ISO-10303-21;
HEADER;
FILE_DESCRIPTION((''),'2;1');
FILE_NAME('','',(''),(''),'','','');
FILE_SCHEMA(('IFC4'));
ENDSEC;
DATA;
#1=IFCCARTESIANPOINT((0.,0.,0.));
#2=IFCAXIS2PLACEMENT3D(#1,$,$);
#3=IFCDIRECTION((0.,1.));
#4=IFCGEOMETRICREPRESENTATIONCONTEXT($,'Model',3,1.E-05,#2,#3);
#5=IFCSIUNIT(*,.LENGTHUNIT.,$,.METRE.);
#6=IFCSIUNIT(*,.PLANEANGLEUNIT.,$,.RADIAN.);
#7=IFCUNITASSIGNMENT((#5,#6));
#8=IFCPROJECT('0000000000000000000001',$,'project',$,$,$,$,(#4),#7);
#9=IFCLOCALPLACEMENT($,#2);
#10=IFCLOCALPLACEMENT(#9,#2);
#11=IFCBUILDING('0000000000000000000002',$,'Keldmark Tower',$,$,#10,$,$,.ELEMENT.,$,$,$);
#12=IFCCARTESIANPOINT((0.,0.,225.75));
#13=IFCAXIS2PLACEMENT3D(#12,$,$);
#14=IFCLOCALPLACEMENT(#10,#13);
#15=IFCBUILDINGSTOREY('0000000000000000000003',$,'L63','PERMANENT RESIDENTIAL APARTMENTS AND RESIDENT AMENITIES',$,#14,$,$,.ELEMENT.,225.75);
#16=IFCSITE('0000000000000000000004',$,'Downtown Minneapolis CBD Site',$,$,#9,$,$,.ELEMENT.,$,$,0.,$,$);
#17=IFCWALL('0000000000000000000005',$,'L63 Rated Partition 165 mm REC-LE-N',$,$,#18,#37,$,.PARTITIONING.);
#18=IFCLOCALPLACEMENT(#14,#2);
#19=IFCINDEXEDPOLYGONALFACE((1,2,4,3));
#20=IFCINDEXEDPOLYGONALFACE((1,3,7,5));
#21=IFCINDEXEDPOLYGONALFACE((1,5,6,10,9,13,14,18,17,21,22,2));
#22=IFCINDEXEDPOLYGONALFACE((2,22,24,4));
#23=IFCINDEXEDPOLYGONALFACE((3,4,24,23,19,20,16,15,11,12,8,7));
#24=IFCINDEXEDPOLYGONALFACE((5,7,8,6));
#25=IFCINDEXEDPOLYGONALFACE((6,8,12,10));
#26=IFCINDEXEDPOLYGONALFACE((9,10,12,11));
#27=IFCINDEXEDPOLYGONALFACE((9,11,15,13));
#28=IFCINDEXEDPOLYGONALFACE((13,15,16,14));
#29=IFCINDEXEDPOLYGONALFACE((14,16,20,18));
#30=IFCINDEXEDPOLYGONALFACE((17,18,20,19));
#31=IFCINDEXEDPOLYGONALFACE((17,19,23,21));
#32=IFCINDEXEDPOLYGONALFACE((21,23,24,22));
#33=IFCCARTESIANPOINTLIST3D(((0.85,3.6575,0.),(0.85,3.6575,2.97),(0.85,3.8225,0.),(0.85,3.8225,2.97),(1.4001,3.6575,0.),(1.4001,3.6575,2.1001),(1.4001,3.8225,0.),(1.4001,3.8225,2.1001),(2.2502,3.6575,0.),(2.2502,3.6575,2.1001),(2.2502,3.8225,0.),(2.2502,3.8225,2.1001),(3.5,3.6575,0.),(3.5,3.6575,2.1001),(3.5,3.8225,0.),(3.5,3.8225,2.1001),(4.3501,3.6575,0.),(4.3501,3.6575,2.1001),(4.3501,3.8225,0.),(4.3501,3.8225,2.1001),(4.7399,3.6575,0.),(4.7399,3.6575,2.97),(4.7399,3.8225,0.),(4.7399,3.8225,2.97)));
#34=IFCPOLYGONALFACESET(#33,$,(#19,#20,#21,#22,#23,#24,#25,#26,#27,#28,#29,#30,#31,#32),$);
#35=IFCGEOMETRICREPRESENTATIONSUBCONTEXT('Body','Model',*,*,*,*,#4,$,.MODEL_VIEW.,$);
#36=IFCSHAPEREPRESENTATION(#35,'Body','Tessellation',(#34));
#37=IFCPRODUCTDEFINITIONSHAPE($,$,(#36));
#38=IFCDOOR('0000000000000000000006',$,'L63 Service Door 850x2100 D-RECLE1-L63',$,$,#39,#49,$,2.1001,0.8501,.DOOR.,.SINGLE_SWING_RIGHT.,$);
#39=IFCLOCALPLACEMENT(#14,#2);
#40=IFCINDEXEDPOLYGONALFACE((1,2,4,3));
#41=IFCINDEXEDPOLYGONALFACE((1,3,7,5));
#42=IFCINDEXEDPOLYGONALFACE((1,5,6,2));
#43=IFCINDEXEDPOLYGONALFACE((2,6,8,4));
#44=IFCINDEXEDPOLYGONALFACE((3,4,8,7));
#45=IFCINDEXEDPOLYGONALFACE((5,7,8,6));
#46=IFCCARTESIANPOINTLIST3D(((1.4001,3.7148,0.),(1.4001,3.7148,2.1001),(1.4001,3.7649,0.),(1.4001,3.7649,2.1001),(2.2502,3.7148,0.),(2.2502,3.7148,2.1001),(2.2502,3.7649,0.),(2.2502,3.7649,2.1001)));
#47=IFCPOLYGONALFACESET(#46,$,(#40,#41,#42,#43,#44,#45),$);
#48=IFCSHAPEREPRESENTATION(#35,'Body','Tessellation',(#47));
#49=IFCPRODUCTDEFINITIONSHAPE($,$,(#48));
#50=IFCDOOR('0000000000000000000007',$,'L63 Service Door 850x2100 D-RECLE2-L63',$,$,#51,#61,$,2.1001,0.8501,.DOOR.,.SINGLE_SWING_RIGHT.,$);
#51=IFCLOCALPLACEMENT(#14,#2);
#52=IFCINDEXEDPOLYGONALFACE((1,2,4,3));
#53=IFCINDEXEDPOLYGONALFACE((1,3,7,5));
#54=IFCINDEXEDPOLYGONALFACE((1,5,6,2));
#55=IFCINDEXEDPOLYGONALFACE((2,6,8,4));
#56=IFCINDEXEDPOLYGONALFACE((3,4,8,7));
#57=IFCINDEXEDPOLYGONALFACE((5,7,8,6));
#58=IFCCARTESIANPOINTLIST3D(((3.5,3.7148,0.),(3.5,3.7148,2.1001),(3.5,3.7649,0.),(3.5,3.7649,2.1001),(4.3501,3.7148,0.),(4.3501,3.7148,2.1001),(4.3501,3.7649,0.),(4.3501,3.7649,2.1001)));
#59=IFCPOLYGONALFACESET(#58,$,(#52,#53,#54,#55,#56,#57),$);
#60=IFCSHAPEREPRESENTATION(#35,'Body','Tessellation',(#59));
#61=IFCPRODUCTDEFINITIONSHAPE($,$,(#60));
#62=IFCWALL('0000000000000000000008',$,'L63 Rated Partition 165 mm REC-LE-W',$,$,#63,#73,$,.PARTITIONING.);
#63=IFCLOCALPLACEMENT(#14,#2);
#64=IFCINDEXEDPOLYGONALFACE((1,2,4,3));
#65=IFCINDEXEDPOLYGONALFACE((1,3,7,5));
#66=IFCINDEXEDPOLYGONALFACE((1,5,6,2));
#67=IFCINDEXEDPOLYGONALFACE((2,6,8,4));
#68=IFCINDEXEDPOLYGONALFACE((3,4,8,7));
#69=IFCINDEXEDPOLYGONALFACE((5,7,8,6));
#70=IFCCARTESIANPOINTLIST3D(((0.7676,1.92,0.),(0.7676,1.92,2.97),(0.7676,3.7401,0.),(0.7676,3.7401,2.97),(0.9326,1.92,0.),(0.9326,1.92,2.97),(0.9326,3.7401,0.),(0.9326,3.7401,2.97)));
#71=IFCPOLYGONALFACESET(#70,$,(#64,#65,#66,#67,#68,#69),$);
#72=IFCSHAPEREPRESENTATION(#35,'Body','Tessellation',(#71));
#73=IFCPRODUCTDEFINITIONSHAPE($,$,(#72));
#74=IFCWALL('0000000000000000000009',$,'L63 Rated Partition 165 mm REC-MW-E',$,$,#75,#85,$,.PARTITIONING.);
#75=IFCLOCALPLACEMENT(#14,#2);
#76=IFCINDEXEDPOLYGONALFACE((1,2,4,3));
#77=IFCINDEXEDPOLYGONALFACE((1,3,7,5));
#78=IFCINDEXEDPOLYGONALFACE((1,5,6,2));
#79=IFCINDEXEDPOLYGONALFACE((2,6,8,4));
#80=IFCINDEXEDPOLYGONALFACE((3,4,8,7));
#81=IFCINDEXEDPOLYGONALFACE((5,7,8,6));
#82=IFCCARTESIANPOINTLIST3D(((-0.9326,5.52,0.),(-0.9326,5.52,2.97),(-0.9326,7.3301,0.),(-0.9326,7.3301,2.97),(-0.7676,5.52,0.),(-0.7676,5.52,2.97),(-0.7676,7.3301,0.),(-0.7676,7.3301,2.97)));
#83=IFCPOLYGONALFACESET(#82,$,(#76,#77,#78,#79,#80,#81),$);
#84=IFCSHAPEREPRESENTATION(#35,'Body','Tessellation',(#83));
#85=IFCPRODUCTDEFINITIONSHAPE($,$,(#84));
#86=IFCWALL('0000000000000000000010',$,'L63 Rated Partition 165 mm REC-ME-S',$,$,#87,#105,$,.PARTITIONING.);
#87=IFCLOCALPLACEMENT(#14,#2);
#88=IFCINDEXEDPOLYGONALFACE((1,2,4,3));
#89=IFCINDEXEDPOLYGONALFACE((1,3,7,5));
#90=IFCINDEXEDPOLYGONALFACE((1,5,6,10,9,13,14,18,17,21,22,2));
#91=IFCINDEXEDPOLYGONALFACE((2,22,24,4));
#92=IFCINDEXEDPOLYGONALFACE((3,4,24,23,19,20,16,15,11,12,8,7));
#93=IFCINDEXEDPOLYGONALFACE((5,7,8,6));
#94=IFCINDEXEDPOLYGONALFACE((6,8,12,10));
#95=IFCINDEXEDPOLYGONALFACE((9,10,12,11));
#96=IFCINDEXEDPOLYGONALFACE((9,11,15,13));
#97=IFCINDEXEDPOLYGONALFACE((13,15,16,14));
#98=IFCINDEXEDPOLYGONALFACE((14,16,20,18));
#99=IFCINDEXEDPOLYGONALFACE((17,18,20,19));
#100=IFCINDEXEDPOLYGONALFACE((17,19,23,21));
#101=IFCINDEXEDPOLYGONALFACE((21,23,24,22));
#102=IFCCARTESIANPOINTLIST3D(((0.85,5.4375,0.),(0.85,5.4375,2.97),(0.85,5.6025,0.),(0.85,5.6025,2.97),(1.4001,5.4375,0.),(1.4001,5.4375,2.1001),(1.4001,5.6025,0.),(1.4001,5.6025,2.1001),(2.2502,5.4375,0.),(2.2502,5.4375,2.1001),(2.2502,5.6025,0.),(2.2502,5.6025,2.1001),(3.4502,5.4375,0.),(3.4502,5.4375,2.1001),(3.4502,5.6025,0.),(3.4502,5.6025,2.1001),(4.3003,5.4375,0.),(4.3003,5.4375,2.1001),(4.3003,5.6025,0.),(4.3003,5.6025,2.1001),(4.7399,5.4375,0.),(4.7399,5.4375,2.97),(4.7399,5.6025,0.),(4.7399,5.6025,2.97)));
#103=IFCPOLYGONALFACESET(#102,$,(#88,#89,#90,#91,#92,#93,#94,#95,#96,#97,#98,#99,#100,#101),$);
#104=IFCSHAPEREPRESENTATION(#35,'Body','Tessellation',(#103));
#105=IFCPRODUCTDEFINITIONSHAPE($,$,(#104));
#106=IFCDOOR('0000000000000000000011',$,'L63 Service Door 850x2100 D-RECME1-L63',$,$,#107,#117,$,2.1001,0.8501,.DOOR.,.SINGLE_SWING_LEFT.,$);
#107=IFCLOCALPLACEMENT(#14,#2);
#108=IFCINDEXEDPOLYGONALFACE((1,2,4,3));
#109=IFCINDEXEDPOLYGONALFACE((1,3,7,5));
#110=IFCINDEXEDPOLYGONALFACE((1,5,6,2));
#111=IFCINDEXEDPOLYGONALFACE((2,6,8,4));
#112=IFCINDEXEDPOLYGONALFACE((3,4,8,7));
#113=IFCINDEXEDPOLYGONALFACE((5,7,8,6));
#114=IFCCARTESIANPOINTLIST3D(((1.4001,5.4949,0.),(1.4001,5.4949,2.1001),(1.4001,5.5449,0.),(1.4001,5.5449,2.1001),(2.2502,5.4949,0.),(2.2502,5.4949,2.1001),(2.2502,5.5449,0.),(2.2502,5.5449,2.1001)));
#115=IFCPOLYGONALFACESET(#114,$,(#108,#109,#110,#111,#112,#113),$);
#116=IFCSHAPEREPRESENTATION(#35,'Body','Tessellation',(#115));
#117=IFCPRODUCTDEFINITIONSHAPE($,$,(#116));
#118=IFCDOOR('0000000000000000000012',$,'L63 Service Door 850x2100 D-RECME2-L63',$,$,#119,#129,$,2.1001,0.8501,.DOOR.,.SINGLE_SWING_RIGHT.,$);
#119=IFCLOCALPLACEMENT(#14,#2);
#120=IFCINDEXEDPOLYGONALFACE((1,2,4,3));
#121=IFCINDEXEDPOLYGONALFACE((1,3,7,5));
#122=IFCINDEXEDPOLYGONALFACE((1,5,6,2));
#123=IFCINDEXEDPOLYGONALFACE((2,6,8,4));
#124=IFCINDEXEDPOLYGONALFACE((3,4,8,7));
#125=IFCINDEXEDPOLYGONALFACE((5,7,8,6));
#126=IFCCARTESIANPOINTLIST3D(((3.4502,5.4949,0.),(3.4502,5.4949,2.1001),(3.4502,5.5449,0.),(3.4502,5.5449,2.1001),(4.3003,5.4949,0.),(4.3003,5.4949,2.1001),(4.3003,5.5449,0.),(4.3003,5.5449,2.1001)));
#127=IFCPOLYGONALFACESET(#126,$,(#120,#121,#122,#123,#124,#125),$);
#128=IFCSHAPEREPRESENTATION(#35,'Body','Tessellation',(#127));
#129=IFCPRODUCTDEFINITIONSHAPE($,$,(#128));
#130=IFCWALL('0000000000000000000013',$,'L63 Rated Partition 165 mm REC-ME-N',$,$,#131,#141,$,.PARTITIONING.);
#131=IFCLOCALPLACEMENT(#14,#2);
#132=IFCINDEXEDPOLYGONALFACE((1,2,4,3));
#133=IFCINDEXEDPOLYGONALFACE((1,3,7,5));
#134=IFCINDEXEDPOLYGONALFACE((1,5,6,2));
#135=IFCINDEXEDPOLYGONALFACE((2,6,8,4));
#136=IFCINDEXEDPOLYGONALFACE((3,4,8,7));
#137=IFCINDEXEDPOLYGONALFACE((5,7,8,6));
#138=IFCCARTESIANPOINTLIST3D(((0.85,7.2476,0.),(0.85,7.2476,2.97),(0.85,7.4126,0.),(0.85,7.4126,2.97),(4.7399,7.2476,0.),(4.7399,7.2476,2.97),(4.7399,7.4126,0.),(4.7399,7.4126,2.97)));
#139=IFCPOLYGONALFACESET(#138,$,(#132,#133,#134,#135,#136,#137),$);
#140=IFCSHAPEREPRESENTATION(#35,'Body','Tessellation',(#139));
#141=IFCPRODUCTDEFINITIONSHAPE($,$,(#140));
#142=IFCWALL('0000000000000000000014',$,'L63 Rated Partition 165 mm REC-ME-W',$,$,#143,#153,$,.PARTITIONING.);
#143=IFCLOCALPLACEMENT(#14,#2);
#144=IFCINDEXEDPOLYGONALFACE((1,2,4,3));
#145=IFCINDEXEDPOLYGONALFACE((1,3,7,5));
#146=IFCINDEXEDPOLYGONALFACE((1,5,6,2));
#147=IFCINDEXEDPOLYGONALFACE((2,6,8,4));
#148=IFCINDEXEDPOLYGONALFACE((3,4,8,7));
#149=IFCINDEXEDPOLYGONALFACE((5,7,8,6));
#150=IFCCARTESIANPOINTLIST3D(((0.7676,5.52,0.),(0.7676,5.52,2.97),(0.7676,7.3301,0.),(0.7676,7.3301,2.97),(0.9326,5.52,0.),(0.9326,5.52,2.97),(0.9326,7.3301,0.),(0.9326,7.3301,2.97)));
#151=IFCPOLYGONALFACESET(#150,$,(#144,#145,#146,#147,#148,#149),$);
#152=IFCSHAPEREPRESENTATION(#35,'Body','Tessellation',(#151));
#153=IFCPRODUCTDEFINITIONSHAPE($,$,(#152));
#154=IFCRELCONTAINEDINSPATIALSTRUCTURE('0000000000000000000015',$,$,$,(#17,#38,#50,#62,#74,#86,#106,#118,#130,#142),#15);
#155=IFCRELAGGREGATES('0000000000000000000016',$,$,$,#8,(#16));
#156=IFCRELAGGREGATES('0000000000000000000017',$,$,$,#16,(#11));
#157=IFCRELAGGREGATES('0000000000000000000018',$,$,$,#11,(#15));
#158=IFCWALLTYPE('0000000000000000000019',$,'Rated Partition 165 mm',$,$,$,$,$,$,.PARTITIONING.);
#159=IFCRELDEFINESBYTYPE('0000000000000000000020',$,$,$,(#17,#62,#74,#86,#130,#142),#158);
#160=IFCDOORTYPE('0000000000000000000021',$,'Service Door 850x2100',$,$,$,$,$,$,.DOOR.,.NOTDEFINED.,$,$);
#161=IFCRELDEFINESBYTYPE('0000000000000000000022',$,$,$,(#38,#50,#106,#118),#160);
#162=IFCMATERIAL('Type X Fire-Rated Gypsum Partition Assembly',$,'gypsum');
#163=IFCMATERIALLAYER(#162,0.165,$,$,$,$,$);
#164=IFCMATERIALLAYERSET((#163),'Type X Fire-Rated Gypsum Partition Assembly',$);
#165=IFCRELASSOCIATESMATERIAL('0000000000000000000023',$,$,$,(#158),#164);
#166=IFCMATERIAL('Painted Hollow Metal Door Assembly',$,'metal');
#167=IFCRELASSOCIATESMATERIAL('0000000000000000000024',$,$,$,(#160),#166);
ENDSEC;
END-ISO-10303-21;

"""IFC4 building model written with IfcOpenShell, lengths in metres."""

from ifc_helpers import new_model, si_unit, direction, frame, frame_2d, origin, place, context, subcontext, project, spatial, rectangle, extrude, material, layer, layer_set, type_object, element, fill, save


model = new_model("IFC4")

# Units and contexts
model_context = context("Model", 3, precision=1e-05, world=origin(), true_north=direction((0.0, 1.0)))
body_context = subcontext(model_context, "Body", "Model", "MODEL_VIEW")
ifc_project = project(units=[si_unit("LENGTHUNIT", "METRE"), si_unit("PLANEANGLEUNIT", "RADIAN")], contexts=[model_context])

# Site, building, storey
site_placement = place(None, origin())
site = spatial("IfcSite", under=ifc_project, at=site_placement, Name="Downtown Minneapolis CBD Site", CompositionType="ELEMENT", RefElevation=0.0)
building_placement = place(site_placement, origin())
building = spatial("IfcBuilding", under=site, at=building_placement, Name="Keldmark Tower", CompositionType="ELEMENT")
storey_placement = place(building_placement, frame((0.0, 0.0, 225.75)))
storey = spatial("IfcBuildingStorey", under=building, at=storey_placement, Name="L63", Description="PERMANENT RESIDENTIAL APARTMENTS AND RESIDENT AMENITIES", CompositionType="ELEMENT", Elevation=225.75)

# Shared definitions
ifc_material_1 = material(Name="Type X Fire-Rated Gypsum Partition Assembly", Category="gypsum")
ifc_layer_1 = layer(ifc_material_1, 0.165)
ifc_layer_set_1 = layer_set([ifc_layer_1], Name="Type X Fire-Rated Gypsum Partition Assembly")
wall_type_1 = type_object("IfcWallType", Name="Rated Partition 165 mm", PredefinedType="PARTITIONING", material=ifc_layer_set_1)

# Wall, openings, doors
wall_1_placement = place(storey_placement, frame((0.8501, 3.74, 0.0), z_axis=(0.0, 0.0, 1.0), x_axis=(1.0, 0.0, 0.0)))
wall_1 = element("IfcWall", 1, at=wall_1_placement, inside=storey, type_object=wall_type_1, Name="L63 Rated Partition 165 mm REC-LE-N", PredefinedType="PARTITIONING", context=body_context, shape_type="SweptSolid", body=[
    extrude(rectangle(XDim=3.8899, YDim=0.165, at=frame_2d((1.9448, 0.0))), origin(), (0.0, 0.0, 1.0), 2.97),
])
opening_1_placement = place(wall_1_placement, frame((0.55, 0.0, 0.0)))
opening_1 = element("IfcOpeningElement", 2, at=opening_1_placement, cuts=wall_1, PredefinedType="OPENING", context=body_context, shape_type="SweptSolid", body=[
    extrude(rectangle(XDim=0.8501, YDim=2.1001, at=frame_2d((0.425, 1.05))), frame((0.0, 0.0925, 0.0), z_axis=(0.0, -1.0, 0.0), x_axis=(1.0, 0.0, 0.0)), (0.0, 0.0, 1.0), 0.1851),
])
opening_2_placement = place(wall_1_placement, frame((2.6499, 0.0, 0.0)))
opening_2 = element("IfcOpeningElement", 3, at=opening_2_placement, cuts=wall_1, PredefinedType="OPENING", context=body_context, shape_type="SweptSolid", body=[
    extrude(rectangle(XDim=0.8501, YDim=2.1001, at=frame_2d((0.425, 1.05))), frame((0.0, 0.0925, 0.0), z_axis=(0.0, -1.0, 0.0), x_axis=(1.0, 0.0, 0.0)), (0.0, 0.0, 1.0), 0.1851),
])
ifc_material_2 = material(Name="Painted Hollow Metal Door Assembly", Category="metal")
door_type_1 = type_object("IfcDoorType", Name="Service Door 850x2100", OperationType="NOTDEFINED", PredefinedType="DOOR", material=ifc_material_2)
door_1_placement = place(opening_1_placement, origin())
door_1 = element("IfcDoor", 4, at=door_1_placement, inside=storey, type_object=door_type_1, Name="L63 Service Door 850x2100 D-RECLE1-L63", OperationType="SINGLE_SWING_RIGHT", OverallHeight=2.1001, OverallWidth=0.8501, PredefinedType="DOOR", context=body_context, shape_type="SweptSolid", body=[
    extrude(rectangle(XDim=0.8501, YDim=2.1001, at=frame_2d((0.425, 1.05))), frame((0.0, 0.0249, 0.0), z_axis=(0.0, -1.0, 0.0), x_axis=(1.0, 0.0, 0.0)), (0.0, 0.0, 1.0), 0.05),
])
fill(opening_1, door_1)
door_2_placement = place(opening_2_placement, origin())
door_2 = element("IfcDoor", 5, at=door_2_placement, inside=storey, type_object=door_type_1, Name="L63 Service Door 850x2100 D-RECLE2-L63", OperationType="SINGLE_SWING_RIGHT", OverallHeight=2.1001, OverallWidth=0.8501, PredefinedType="DOOR", context=body_context, shape_type="SweptSolid", body=[
    extrude(rectangle(XDim=0.8501, YDim=2.1001, at=frame_2d((0.425, 1.05))), frame((0.0, 0.0249, 0.0), z_axis=(0.0, -1.0, 0.0), x_axis=(1.0, 0.0, 0.0)), (0.0, 0.0, 1.0), 0.05),
])
fill(opening_2, door_2)

# Walls
wall_2_placement = place(storey_placement, frame((0.8501, 1.9199, 0.0), z_axis=(0.0, 0.0, 1.0), x_axis=(0.0, 1.0, 0.0)))
element("IfcWall", 6, at=wall_2_placement, inside=storey, type_object=wall_type_1, Name="L63 Rated Partition 165 mm REC-LE-W", PredefinedType="PARTITIONING", context=body_context, shape_type="SweptSolid", body=[
    extrude(rectangle(XDim=1.8201, YDim=0.165, at=frame_2d((0.9102, 0.0))), origin(), (0.0, 0.0, 1.0), 2.97),
])
wall_3_placement = place(storey_placement, frame((-0.8501, 5.52, 0.0), z_axis=(0.0, 0.0, 1.0), x_axis=(0.0, 1.0, 0.0)))
element("IfcWall", 7, at=wall_3_placement, inside=storey, type_object=wall_type_1, Name="L63 Rated Partition 165 mm REC-MW-E", PredefinedType="PARTITIONING", context=body_context, shape_type="SweptSolid", body=[
    extrude(rectangle(XDim=1.8101, YDim=0.165, at=frame_2d((0.905, 0.0))), origin(), (0.0, 0.0, 1.0), 2.97),
])

# Wall, openings, doors
wall_4_placement = place(storey_placement, frame((0.8501, 5.52, 0.0), z_axis=(0.0, 0.0, 1.0), x_axis=(1.0, 0.0, 0.0)))
wall_4 = element("IfcWall", 8, at=wall_4_placement, inside=storey, type_object=wall_type_1, Name="L63 Rated Partition 165 mm REC-ME-S", PredefinedType="PARTITIONING", context=body_context, shape_type="SweptSolid", body=[
    extrude(rectangle(XDim=3.8899, YDim=0.165, at=frame_2d((1.9448, 0.0))), origin(), (0.0, 0.0, 1.0), 2.97),
])
opening_3_placement = place(wall_4_placement, frame((0.55, 0.0, 0.0)))
opening_3 = element("IfcOpeningElement", 9, at=opening_3_placement, cuts=wall_4, PredefinedType="OPENING", context=body_context, shape_type="SweptSolid", body=[
    extrude(rectangle(XDim=0.8501, YDim=2.1001, at=frame_2d((0.425, 1.05))), frame((0.0, 0.0925, 0.0), z_axis=(0.0, -1.0, 0.0), x_axis=(1.0, 0.0, 0.0)), (0.0, 0.0, 1.0), 0.1851),
])
opening_4_placement = place(wall_4_placement, frame((2.6001, 0.0, 0.0)))
opening_4 = element("IfcOpeningElement", 10, at=opening_4_placement, cuts=wall_4, PredefinedType="OPENING", context=body_context, shape_type="SweptSolid", body=[
    extrude(rectangle(XDim=0.8501, YDim=2.1001, at=frame_2d((0.425, 1.05))), frame((0.0, 0.0925, 0.0), z_axis=(0.0, -1.0, 0.0), x_axis=(1.0, 0.0, 0.0)), (0.0, 0.0, 1.0), 0.1851),
])
door_3_placement = place(opening_3_placement, origin())
door_3 = element("IfcDoor", 11, at=door_3_placement, inside=storey, type_object=door_type_1, Name="L63 Service Door 850x2100 D-RECME1-L63", OperationType="SINGLE_SWING_LEFT", OverallHeight=2.1001, OverallWidth=0.8501, PredefinedType="DOOR", context=body_context, shape_type="SweptSolid", body=[
    extrude(rectangle(XDim=0.8501, YDim=2.1001, at=frame_2d((0.425, 1.05))), frame((0.0, 0.0249, 0.0), z_axis=(0.0, -1.0, 0.0), x_axis=(1.0, 0.0, 0.0)), (0.0, 0.0, 1.0), 0.05),
])
fill(opening_3, door_3)
door_4_placement = place(opening_4_placement, origin())
door_4 = element("IfcDoor", 12, at=door_4_placement, inside=storey, type_object=door_type_1, Name="L63 Service Door 850x2100 D-RECME2-L63", OperationType="SINGLE_SWING_RIGHT", OverallHeight=2.1001, OverallWidth=0.8501, PredefinedType="DOOR", context=body_context, shape_type="SweptSolid", body=[
    extrude(rectangle(XDim=0.8501, YDim=2.1001, at=frame_2d((0.425, 1.05))), frame((0.0, 0.0249, 0.0), z_axis=(0.0, -1.0, 0.0), x_axis=(1.0, 0.0, 0.0)), (0.0, 0.0, 1.0), 0.05),
])
fill(opening_4, door_4)

# Walls
wall_5_placement = place(storey_placement, frame((0.8501, 7.3301, 0.0), z_axis=(0.0, 0.0, 1.0), x_axis=(1.0, 0.0, 0.0)))
element("IfcWall", 13, at=wall_5_placement, inside=storey, type_object=wall_type_1, Name="L63 Rated Partition 165 mm REC-ME-N", PredefinedType="PARTITIONING", context=body_context, shape_type="SweptSolid", body=[
    extrude(rectangle(XDim=3.8899, YDim=0.165, at=frame_2d((1.9448, 0.0))), origin(), (0.0, 0.0, 1.0), 2.97),
])
wall_6_placement = place(storey_placement, frame((0.8501, 5.52, 0.0), z_axis=(0.0, 0.0, 1.0), x_axis=(0.0, 1.0, 0.0)))
element("IfcWall", 14, at=wall_6_placement, inside=storey, type_object=wall_type_1, Name="L63 Rated Partition 165 mm REC-ME-W", PredefinedType="PARTITIONING", context=body_context, shape_type="SweptSolid", body=[
    extrude(rectangle(XDim=1.8101, YDim=0.165, at=frame_2d((0.905, 0.0))), origin(), (0.0, 0.0, 1.0), 2.97),
])

save(model, "model.ifc")
